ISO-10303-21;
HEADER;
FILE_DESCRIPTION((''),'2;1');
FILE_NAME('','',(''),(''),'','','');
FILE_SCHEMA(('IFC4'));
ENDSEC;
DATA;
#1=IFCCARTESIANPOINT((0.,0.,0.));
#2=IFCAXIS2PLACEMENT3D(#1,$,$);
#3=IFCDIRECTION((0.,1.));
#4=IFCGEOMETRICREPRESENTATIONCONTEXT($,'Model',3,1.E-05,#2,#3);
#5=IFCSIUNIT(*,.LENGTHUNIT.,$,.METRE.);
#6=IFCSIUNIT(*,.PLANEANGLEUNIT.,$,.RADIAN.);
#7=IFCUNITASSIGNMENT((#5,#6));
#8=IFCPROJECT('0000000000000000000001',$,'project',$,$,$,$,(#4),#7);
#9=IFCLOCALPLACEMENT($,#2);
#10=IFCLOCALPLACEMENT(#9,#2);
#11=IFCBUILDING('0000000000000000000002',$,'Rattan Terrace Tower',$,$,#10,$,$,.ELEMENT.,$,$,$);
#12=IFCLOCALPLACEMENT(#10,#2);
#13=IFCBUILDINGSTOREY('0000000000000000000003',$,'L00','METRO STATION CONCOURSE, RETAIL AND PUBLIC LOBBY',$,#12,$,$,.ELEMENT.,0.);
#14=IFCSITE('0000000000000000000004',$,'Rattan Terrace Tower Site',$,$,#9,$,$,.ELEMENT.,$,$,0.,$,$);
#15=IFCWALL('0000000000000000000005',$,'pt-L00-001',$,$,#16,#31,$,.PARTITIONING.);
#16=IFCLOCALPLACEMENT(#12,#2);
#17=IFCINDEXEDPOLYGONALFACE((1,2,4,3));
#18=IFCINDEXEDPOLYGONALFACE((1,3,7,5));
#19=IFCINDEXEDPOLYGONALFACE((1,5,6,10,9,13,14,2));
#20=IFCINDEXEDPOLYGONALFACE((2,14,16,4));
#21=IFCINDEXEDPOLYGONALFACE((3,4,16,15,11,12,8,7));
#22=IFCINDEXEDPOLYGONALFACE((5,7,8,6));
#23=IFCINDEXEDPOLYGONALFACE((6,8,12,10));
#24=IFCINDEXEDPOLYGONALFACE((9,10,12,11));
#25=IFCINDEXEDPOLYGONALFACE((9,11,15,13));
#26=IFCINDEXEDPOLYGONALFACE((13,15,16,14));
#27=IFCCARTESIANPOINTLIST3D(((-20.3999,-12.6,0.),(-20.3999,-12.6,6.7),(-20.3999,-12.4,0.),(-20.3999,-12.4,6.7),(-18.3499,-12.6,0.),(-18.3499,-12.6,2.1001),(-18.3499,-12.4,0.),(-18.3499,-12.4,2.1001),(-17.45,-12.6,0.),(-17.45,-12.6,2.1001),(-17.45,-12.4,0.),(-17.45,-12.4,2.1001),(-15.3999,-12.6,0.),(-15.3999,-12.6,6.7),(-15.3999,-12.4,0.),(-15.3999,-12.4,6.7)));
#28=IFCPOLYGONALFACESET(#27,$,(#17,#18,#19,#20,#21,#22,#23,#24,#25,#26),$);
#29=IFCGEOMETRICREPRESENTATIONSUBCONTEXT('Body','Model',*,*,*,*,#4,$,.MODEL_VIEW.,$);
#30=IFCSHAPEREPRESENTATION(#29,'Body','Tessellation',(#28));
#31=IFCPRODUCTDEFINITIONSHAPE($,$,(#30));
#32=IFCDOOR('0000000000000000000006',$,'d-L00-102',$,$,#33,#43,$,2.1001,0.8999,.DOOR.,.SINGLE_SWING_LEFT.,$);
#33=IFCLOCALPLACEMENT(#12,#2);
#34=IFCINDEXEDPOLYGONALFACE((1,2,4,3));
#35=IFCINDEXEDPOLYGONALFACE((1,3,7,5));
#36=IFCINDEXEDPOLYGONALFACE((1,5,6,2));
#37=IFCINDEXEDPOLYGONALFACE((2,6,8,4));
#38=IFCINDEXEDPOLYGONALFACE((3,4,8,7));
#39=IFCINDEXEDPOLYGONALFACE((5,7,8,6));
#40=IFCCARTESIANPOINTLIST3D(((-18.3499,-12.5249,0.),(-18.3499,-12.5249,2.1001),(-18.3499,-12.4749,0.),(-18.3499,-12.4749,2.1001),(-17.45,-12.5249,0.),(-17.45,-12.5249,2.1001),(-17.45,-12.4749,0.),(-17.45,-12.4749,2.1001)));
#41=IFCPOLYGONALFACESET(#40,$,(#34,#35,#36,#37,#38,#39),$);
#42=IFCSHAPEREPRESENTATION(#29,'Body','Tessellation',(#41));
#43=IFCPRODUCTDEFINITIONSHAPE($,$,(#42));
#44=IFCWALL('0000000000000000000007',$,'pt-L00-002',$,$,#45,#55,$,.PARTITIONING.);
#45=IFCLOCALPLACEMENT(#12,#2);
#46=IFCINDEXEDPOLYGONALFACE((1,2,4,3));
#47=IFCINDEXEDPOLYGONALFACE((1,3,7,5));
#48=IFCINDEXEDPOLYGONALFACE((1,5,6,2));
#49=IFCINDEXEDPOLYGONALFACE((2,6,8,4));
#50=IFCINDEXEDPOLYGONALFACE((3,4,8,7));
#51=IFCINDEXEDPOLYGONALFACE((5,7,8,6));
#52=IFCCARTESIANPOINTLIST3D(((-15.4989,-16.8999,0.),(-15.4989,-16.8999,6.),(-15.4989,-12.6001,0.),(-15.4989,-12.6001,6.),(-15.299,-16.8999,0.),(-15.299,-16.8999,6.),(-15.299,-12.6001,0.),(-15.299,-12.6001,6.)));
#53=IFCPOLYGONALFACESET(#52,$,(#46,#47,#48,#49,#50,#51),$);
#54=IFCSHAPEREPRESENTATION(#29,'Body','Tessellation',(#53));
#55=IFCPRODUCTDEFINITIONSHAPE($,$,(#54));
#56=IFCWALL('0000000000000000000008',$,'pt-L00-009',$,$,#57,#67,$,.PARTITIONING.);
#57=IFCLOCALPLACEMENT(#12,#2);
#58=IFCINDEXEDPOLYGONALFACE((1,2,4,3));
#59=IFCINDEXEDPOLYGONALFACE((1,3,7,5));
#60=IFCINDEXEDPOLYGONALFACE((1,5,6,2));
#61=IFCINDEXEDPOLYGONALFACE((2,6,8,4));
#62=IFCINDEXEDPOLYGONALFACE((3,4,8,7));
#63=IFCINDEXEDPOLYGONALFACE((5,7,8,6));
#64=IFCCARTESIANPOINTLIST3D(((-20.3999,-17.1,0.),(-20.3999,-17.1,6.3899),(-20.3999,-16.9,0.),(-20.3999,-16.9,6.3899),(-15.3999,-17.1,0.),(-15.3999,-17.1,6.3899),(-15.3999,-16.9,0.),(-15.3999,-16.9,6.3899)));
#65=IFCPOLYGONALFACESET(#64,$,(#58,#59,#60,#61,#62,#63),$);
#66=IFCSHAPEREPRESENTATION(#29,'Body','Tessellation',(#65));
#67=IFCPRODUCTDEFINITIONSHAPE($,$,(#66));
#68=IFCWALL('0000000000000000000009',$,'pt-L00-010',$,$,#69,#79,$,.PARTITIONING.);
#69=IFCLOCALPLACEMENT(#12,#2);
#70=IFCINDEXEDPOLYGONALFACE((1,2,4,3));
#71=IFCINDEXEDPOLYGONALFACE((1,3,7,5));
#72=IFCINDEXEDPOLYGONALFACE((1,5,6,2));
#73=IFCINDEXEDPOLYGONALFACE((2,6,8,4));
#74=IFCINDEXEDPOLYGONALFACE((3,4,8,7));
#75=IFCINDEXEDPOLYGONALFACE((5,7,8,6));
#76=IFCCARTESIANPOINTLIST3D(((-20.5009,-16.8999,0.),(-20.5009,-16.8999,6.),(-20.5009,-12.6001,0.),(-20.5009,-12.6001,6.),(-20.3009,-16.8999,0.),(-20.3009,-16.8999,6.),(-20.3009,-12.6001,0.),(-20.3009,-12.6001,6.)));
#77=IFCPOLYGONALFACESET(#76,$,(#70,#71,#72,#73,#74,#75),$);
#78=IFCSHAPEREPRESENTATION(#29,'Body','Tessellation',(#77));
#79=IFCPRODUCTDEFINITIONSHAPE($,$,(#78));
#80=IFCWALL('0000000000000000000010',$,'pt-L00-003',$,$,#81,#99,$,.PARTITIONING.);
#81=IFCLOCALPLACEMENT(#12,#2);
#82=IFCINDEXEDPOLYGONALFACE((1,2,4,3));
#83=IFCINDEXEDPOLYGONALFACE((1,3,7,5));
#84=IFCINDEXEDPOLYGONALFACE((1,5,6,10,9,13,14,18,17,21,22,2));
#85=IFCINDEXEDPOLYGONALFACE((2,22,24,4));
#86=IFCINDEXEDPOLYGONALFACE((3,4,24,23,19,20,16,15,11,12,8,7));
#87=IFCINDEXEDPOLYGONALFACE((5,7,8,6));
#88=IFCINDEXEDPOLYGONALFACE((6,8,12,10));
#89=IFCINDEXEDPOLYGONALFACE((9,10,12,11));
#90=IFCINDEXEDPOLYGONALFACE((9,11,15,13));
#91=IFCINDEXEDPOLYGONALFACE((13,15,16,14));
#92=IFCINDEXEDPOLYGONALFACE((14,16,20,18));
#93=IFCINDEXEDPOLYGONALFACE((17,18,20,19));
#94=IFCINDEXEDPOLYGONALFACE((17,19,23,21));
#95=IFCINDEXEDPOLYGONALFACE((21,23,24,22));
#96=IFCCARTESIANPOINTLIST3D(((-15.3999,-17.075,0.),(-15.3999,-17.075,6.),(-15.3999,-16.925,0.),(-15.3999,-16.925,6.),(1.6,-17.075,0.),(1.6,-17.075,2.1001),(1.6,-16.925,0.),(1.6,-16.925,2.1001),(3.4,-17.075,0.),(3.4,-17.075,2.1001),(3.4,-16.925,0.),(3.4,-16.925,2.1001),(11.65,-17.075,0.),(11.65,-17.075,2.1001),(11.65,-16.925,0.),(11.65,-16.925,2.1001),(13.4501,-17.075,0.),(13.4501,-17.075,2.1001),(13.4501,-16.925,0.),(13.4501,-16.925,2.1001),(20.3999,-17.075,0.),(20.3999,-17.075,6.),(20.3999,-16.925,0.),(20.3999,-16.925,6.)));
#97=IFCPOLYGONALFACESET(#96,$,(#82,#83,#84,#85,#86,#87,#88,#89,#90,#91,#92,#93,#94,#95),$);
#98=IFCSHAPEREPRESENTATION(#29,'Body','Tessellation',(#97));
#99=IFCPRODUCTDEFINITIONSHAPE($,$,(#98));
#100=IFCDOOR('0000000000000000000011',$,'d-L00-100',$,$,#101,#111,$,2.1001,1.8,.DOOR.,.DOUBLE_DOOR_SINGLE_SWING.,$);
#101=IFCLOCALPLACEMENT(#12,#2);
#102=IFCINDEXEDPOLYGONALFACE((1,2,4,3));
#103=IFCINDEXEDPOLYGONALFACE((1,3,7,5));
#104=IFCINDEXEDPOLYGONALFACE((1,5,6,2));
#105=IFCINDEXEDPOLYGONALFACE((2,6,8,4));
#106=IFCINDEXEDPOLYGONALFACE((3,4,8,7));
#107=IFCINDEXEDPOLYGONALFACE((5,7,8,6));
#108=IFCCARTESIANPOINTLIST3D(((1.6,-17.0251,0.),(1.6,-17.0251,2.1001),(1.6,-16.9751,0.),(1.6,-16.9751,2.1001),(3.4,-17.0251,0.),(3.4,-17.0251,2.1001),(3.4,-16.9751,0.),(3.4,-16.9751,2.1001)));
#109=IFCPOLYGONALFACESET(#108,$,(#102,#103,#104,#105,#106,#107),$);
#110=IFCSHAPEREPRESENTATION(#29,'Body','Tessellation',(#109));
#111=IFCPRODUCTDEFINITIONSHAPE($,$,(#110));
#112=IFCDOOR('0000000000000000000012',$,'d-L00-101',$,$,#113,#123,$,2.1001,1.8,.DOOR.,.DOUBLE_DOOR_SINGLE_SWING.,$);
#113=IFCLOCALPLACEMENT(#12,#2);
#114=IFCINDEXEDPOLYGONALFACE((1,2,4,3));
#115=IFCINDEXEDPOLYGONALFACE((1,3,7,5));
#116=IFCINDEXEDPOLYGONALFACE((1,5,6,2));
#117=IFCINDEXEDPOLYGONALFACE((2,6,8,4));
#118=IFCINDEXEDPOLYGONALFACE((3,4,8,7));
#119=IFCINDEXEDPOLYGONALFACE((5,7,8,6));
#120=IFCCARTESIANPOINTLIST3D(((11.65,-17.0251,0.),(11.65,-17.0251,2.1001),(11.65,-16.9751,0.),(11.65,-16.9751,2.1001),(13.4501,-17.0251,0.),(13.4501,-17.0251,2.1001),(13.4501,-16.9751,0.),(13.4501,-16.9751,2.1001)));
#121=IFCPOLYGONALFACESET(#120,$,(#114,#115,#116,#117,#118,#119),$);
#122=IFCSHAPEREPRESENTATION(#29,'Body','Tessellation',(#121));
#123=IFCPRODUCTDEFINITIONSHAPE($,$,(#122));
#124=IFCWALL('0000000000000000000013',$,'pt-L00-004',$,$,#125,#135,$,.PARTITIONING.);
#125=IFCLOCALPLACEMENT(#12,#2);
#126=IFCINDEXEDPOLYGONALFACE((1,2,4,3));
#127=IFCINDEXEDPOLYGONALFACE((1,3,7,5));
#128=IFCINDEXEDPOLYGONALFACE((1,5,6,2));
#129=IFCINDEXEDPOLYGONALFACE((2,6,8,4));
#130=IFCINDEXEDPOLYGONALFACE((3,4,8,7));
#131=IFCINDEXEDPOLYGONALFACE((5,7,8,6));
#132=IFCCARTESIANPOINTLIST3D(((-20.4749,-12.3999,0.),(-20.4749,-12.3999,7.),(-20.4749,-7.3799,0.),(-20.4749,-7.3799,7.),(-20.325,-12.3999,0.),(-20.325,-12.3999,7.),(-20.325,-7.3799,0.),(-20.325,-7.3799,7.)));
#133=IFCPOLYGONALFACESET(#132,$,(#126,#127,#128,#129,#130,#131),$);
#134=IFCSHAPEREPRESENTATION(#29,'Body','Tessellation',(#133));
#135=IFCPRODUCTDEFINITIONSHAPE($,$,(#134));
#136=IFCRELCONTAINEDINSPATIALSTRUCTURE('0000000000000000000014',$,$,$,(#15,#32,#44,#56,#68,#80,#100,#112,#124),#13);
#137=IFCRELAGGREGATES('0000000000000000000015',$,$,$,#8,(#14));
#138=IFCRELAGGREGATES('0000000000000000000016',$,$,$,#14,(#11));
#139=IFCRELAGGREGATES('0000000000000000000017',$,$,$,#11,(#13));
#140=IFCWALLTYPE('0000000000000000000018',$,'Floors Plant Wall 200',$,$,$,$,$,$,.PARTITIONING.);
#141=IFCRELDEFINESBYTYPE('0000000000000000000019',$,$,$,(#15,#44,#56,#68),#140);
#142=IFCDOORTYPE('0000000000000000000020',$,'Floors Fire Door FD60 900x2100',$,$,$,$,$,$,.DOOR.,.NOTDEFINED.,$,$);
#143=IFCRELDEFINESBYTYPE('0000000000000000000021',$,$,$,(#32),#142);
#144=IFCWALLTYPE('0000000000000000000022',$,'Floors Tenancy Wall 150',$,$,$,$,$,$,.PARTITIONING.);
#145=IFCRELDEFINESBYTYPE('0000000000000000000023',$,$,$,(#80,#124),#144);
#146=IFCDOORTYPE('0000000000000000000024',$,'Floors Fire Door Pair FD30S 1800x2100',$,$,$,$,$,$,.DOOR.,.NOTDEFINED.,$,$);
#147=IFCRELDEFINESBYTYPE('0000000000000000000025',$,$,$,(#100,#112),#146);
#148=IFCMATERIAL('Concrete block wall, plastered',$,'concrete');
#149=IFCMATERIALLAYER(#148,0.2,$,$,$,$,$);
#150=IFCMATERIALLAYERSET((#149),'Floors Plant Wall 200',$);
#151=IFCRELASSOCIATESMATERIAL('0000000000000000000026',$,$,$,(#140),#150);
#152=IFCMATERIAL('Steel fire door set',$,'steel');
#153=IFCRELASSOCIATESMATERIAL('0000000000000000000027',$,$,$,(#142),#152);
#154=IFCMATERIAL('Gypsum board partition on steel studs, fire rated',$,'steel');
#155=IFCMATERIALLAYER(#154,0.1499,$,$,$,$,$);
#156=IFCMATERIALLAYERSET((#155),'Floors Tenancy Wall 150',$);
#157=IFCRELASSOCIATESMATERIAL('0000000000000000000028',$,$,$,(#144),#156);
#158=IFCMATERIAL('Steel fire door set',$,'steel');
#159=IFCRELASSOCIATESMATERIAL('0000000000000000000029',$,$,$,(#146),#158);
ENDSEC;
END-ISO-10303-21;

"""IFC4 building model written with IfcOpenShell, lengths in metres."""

from ifc_helpers import new_model, si_unit, direction, frame, frame_2d, origin, place, context, subcontext, project, spatial, rectangle, extrude, material, layer, layer_set, type_object, element, fill, save


model = new_model("IFC4")

# Units and contexts
model_context = context("Model", 3, precision=1e-05, world=origin(), true_north=direction((0.0, 1.0)))
body_context = subcontext(model_context, "Body", "Model", "MODEL_VIEW")
ifc_project = project(units=[si_unit("LENGTHUNIT", "METRE"), si_unit("PLANEANGLEUNIT", "RADIAN")], contexts=[model_context])

# Site, building, storey
site_placement = place(None, origin())
site = spatial("IfcSite", under=ifc_project, at=site_placement, Name="Rattan Terrace Tower Site", CompositionType="ELEMENT", RefElevation=0.0)
building_placement = place(site_placement, origin())
building = spatial("IfcBuilding", under=site, at=building_placement, Name="Rattan Terrace Tower", CompositionType="ELEMENT")
storey_placement = place(building_placement, origin())
storey = spatial("IfcBuildingStorey", under=building, at=storey_placement, Name="L00", Description="METRO STATION CONCOURSE, RETAIL AND PUBLIC LOBBY", CompositionType="ELEMENT", Elevation=0.0)

# Wall, opening, door
ifc_material_1 = material(Name="Concrete block wall, plastered", Category="concrete")
ifc_layer_1 = layer(ifc_material_1, 0.2)
ifc_layer_set_1 = layer_set([ifc_layer_1], Name="Floors Plant Wall 200")
wall_type_1 = type_object("IfcWallType", Name="Floors Plant Wall 200", PredefinedType="PARTITIONING", material=ifc_layer_set_1)
wall_1_placement = place(storey_placement, frame((-15.3999, -12.5, 0.0), z_axis=(0.0, 0.0, 1.0), x_axis=(-1.0, 0.0, 0.0)))
wall_1 = element("IfcWall", 1, at=wall_1_placement, inside=storey, type_object=wall_type_1, Name="pt-L00-001", PredefinedType="PARTITIONING", context=body_context, shape_type="SweptSolid", body=[
    extrude(rectangle(XDim=5.0, YDim=0.2, at=frame_2d((2.5, 0.0))), origin(), (0.0, 0.0, 1.0), 6.7),
])
opening_1_placement = place(wall_1_placement, frame((2.05, 0.0, 0.0)))
opening_1 = element("IfcOpeningElement", 2, at=opening_1_placement, cuts=wall_1, PredefinedType="OPENING", context=body_context, shape_type="SweptSolid", body=[
    extrude(rectangle(XDim=0.8999, YDim=2.1001, at=frame_2d((0.45, 1.05))), frame((0.0, 0.1106, 0.0), z_axis=(0.0, -1.0, 0.0), x_axis=(1.0, 0.0, 0.0)), (0.0, 0.0, 1.0), 0.2209),
])
ifc_material_2 = material(Name="Steel fire door set", Category="steel")
door_type_1 = type_object("IfcDoorType", Name="Floors Fire Door FD60 900x2100", OperationType="NOTDEFINED", PredefinedType="DOOR", material=ifc_material_2)
door_1_placement = place(opening_1_placement, origin())
door_1 = element("IfcDoor", 3, at=door_1_placement, inside=storey, type_object=door_type_1, Name="d-L00-102", OperationType="SINGLE_SWING_LEFT", OverallHeight=2.1001, OverallWidth=0.8999, PredefinedType="DOOR", context=body_context, shape_type="SweptSolid", body=[
    extrude(rectangle(XDim=0.8999, YDim=2.1001, at=frame_2d((0.45, 1.05))), frame((0.0, 0.0249, 0.0), z_axis=(0.0, -1.0, 0.0), x_axis=(1.0, 0.0, 0.0)), (0.0, 0.0, 1.0), 0.05),
])
fill(opening_1, door_1)

# Walls
wall_2_placement = place(storey_placement, frame((-15.3989, -16.8999, 0.0), z_axis=(0.0, 0.0, 1.0), x_axis=(0.0, 1.0, 0.0)))
element("IfcWall", 4, at=wall_2_placement, inside=storey, type_object=wall_type_1, Name="pt-L00-002", PredefinedType="PARTITIONING", context=body_context, shape_type="SweptSolid", body=[
    extrude(rectangle(XDim=4.2998, YDim=0.2, at=frame_2d((2.1499, 0.0))), origin(), (0.0, 0.0, 1.0), 6.0),
])
wall_3_placement = place(storey_placement, frame((-15.3999, -17.0, 0.0), z_axis=(0.0, 0.0, 1.0), x_axis=(-1.0, 0.0, 0.0)))
element("IfcWall", 5, at=wall_3_placement, inside=storey, type_object=wall_type_1, Name="pt-L00-009", PredefinedType="PARTITIONING", context=body_context, shape_type="SweptSolid", body=[
    extrude(rectangle(XDim=5.0, YDim=0.2, at=frame_2d((2.5, 0.0))), origin(), (0.0, 0.0, 1.0), 6.3899),
])
wall_4_placement = place(storey_placement, frame((-20.4009, -16.8999, 0.0), z_axis=(0.0, 0.0, 1.0), x_axis=(0.0, 1.0, 0.0)))
element("IfcWall", 6, at=wall_4_placement, inside=storey, type_object=wall_type_1, Name="pt-L00-010", PredefinedType="PARTITIONING", context=body_context, shape_type="SweptSolid", body=[
    extrude(rectangle(XDim=4.2998, YDim=0.2, at=frame_2d((2.1499, 0.0))), origin(), (0.0, 0.0, 1.0), 6.0),
])

# Wall, openings, doors
ifc_material_3 = material(Name="Gypsum board partition on steel studs, fire rated", Category="steel")
ifc_layer_2 = layer(ifc_material_3, 0.1499)
ifc_layer_set_2 = layer_set([ifc_layer_2], Name="Floors Tenancy Wall 150")
wall_type_2 = type_object("IfcWallType", Name="Floors Tenancy Wall 150", PredefinedType="PARTITIONING", material=ifc_layer_set_2)
wall_5_placement = place(storey_placement, frame((-15.3999, -17.0, 0.0), z_axis=(0.0, 0.0, 1.0), x_axis=(1.0, 0.0, 0.0)))
wall_5 = element("IfcWall", 7, at=wall_5_placement, inside=storey, type_object=wall_type_2, Name="pt-L00-003", PredefinedType="PARTITIONING", context=body_context, shape_type="SweptSolid", body=[
    extrude(rectangle(XDim=35.7998, YDim=0.1499, at=frame_2d((17.8999, 0.0))), origin(), (0.0, 0.0, 1.0), 6.0),
])
opening_2_placement = place(wall_5_placement, frame((17.0, 0.0, 0.0)))
opening_2 = element("IfcOpeningElement", 8, at=opening_2_placement, cuts=wall_5, PredefinedType="OPENING", context=body_context, shape_type="SweptSolid", body=[
    extrude(rectangle(XDim=1.8, YDim=2.1001, at=frame_2d((0.8999, 1.05))), frame((0.0, 0.0854, 0.0), z_axis=(0.0, -1.0, 0.0), x_axis=(1.0, 0.0, 0.0)), (0.0, 0.0, 1.0), 0.1709),
])
opening_3_placement = place(wall_5_placement, frame((27.05, 0.0, 0.0)))
opening_3 = element("IfcOpeningElement", 9, at=opening_3_placement, cuts=wall_5, PredefinedType="OPENING", context=body_context, shape_type="SweptSolid", body=[
    extrude(rectangle(XDim=1.8, YDim=2.1001, at=frame_2d((0.8999, 1.05))), frame((0.0, 0.0854, 0.0), z_axis=(0.0, -1.0, 0.0), x_axis=(1.0, 0.0, 0.0)), (0.0, 0.0, 1.0), 0.1709),
])
ifc_material_4 = material(Name="Steel fire door set", Category="steel")
door_type_2 = type_object("IfcDoorType", Name="Floors Fire Door Pair FD30S 1800x2100", OperationType="NOTDEFINED", PredefinedType="DOOR", material=ifc_material_4)
door_2_placement = place(opening_2_placement, origin())
door_2 = element("IfcDoor", 10, at=door_2_placement, inside=storey, type_object=door_type_2, Name="d-L00-100", OperationType="DOUBLE_DOOR_SINGLE_SWING", OverallHeight=2.1001, OverallWidth=1.8, PredefinedType="DOOR", context=body_context, shape_type="SweptSolid", body=[
    extrude(rectangle(XDim=1.8, YDim=2.1001, at=frame_2d((0.8999, 1.05))), frame((0.0, 0.0249, 0.0), z_axis=(0.0, -1.0, 0.0), x_axis=(1.0, 0.0, 0.0)), (0.0, 0.0, 1.0), 0.05),
])
fill(opening_2, door_2)
door_3_placement = place(opening_3_placement, origin())
door_3 = element("IfcDoor", 11, at=door_3_placement, inside=storey, type_object=door_type_2, Name="d-L00-101", OperationType="DOUBLE_DOOR_SINGLE_SWING", OverallHeight=2.1001, OverallWidth=1.8, PredefinedType="DOOR", context=body_context, shape_type="SweptSolid", body=[
    extrude(rectangle(XDim=1.8, YDim=2.1001, at=frame_2d((0.8999, 1.05))), frame((0.0, 0.0249, 0.0), z_axis=(0.0, -1.0, 0.0), x_axis=(1.0, 0.0, 0.0)), (0.0, 0.0, 1.0), 0.05),
])
fill(opening_3, door_3)

# Wall
wall_6_placement = place(storey_placement, frame((-20.3999, -12.3999, 0.0), z_axis=(0.0, 0.0, 1.0), x_axis=(0.0, 1.0, 0.0)))
element("IfcWall", 12, at=wall_6_placement, inside=storey, type_object=wall_type_2, Name="pt-L00-004", PredefinedType="PARTITIONING", context=body_context, shape_type="SweptSolid", body=[
    extrude(rectangle(XDim=5.02, YDim=0.1499, at=frame_2d((2.51, 0.0))), origin(), (0.0, 0.0, 1.0), 7.0),
])

save(model, "model.ifc")
